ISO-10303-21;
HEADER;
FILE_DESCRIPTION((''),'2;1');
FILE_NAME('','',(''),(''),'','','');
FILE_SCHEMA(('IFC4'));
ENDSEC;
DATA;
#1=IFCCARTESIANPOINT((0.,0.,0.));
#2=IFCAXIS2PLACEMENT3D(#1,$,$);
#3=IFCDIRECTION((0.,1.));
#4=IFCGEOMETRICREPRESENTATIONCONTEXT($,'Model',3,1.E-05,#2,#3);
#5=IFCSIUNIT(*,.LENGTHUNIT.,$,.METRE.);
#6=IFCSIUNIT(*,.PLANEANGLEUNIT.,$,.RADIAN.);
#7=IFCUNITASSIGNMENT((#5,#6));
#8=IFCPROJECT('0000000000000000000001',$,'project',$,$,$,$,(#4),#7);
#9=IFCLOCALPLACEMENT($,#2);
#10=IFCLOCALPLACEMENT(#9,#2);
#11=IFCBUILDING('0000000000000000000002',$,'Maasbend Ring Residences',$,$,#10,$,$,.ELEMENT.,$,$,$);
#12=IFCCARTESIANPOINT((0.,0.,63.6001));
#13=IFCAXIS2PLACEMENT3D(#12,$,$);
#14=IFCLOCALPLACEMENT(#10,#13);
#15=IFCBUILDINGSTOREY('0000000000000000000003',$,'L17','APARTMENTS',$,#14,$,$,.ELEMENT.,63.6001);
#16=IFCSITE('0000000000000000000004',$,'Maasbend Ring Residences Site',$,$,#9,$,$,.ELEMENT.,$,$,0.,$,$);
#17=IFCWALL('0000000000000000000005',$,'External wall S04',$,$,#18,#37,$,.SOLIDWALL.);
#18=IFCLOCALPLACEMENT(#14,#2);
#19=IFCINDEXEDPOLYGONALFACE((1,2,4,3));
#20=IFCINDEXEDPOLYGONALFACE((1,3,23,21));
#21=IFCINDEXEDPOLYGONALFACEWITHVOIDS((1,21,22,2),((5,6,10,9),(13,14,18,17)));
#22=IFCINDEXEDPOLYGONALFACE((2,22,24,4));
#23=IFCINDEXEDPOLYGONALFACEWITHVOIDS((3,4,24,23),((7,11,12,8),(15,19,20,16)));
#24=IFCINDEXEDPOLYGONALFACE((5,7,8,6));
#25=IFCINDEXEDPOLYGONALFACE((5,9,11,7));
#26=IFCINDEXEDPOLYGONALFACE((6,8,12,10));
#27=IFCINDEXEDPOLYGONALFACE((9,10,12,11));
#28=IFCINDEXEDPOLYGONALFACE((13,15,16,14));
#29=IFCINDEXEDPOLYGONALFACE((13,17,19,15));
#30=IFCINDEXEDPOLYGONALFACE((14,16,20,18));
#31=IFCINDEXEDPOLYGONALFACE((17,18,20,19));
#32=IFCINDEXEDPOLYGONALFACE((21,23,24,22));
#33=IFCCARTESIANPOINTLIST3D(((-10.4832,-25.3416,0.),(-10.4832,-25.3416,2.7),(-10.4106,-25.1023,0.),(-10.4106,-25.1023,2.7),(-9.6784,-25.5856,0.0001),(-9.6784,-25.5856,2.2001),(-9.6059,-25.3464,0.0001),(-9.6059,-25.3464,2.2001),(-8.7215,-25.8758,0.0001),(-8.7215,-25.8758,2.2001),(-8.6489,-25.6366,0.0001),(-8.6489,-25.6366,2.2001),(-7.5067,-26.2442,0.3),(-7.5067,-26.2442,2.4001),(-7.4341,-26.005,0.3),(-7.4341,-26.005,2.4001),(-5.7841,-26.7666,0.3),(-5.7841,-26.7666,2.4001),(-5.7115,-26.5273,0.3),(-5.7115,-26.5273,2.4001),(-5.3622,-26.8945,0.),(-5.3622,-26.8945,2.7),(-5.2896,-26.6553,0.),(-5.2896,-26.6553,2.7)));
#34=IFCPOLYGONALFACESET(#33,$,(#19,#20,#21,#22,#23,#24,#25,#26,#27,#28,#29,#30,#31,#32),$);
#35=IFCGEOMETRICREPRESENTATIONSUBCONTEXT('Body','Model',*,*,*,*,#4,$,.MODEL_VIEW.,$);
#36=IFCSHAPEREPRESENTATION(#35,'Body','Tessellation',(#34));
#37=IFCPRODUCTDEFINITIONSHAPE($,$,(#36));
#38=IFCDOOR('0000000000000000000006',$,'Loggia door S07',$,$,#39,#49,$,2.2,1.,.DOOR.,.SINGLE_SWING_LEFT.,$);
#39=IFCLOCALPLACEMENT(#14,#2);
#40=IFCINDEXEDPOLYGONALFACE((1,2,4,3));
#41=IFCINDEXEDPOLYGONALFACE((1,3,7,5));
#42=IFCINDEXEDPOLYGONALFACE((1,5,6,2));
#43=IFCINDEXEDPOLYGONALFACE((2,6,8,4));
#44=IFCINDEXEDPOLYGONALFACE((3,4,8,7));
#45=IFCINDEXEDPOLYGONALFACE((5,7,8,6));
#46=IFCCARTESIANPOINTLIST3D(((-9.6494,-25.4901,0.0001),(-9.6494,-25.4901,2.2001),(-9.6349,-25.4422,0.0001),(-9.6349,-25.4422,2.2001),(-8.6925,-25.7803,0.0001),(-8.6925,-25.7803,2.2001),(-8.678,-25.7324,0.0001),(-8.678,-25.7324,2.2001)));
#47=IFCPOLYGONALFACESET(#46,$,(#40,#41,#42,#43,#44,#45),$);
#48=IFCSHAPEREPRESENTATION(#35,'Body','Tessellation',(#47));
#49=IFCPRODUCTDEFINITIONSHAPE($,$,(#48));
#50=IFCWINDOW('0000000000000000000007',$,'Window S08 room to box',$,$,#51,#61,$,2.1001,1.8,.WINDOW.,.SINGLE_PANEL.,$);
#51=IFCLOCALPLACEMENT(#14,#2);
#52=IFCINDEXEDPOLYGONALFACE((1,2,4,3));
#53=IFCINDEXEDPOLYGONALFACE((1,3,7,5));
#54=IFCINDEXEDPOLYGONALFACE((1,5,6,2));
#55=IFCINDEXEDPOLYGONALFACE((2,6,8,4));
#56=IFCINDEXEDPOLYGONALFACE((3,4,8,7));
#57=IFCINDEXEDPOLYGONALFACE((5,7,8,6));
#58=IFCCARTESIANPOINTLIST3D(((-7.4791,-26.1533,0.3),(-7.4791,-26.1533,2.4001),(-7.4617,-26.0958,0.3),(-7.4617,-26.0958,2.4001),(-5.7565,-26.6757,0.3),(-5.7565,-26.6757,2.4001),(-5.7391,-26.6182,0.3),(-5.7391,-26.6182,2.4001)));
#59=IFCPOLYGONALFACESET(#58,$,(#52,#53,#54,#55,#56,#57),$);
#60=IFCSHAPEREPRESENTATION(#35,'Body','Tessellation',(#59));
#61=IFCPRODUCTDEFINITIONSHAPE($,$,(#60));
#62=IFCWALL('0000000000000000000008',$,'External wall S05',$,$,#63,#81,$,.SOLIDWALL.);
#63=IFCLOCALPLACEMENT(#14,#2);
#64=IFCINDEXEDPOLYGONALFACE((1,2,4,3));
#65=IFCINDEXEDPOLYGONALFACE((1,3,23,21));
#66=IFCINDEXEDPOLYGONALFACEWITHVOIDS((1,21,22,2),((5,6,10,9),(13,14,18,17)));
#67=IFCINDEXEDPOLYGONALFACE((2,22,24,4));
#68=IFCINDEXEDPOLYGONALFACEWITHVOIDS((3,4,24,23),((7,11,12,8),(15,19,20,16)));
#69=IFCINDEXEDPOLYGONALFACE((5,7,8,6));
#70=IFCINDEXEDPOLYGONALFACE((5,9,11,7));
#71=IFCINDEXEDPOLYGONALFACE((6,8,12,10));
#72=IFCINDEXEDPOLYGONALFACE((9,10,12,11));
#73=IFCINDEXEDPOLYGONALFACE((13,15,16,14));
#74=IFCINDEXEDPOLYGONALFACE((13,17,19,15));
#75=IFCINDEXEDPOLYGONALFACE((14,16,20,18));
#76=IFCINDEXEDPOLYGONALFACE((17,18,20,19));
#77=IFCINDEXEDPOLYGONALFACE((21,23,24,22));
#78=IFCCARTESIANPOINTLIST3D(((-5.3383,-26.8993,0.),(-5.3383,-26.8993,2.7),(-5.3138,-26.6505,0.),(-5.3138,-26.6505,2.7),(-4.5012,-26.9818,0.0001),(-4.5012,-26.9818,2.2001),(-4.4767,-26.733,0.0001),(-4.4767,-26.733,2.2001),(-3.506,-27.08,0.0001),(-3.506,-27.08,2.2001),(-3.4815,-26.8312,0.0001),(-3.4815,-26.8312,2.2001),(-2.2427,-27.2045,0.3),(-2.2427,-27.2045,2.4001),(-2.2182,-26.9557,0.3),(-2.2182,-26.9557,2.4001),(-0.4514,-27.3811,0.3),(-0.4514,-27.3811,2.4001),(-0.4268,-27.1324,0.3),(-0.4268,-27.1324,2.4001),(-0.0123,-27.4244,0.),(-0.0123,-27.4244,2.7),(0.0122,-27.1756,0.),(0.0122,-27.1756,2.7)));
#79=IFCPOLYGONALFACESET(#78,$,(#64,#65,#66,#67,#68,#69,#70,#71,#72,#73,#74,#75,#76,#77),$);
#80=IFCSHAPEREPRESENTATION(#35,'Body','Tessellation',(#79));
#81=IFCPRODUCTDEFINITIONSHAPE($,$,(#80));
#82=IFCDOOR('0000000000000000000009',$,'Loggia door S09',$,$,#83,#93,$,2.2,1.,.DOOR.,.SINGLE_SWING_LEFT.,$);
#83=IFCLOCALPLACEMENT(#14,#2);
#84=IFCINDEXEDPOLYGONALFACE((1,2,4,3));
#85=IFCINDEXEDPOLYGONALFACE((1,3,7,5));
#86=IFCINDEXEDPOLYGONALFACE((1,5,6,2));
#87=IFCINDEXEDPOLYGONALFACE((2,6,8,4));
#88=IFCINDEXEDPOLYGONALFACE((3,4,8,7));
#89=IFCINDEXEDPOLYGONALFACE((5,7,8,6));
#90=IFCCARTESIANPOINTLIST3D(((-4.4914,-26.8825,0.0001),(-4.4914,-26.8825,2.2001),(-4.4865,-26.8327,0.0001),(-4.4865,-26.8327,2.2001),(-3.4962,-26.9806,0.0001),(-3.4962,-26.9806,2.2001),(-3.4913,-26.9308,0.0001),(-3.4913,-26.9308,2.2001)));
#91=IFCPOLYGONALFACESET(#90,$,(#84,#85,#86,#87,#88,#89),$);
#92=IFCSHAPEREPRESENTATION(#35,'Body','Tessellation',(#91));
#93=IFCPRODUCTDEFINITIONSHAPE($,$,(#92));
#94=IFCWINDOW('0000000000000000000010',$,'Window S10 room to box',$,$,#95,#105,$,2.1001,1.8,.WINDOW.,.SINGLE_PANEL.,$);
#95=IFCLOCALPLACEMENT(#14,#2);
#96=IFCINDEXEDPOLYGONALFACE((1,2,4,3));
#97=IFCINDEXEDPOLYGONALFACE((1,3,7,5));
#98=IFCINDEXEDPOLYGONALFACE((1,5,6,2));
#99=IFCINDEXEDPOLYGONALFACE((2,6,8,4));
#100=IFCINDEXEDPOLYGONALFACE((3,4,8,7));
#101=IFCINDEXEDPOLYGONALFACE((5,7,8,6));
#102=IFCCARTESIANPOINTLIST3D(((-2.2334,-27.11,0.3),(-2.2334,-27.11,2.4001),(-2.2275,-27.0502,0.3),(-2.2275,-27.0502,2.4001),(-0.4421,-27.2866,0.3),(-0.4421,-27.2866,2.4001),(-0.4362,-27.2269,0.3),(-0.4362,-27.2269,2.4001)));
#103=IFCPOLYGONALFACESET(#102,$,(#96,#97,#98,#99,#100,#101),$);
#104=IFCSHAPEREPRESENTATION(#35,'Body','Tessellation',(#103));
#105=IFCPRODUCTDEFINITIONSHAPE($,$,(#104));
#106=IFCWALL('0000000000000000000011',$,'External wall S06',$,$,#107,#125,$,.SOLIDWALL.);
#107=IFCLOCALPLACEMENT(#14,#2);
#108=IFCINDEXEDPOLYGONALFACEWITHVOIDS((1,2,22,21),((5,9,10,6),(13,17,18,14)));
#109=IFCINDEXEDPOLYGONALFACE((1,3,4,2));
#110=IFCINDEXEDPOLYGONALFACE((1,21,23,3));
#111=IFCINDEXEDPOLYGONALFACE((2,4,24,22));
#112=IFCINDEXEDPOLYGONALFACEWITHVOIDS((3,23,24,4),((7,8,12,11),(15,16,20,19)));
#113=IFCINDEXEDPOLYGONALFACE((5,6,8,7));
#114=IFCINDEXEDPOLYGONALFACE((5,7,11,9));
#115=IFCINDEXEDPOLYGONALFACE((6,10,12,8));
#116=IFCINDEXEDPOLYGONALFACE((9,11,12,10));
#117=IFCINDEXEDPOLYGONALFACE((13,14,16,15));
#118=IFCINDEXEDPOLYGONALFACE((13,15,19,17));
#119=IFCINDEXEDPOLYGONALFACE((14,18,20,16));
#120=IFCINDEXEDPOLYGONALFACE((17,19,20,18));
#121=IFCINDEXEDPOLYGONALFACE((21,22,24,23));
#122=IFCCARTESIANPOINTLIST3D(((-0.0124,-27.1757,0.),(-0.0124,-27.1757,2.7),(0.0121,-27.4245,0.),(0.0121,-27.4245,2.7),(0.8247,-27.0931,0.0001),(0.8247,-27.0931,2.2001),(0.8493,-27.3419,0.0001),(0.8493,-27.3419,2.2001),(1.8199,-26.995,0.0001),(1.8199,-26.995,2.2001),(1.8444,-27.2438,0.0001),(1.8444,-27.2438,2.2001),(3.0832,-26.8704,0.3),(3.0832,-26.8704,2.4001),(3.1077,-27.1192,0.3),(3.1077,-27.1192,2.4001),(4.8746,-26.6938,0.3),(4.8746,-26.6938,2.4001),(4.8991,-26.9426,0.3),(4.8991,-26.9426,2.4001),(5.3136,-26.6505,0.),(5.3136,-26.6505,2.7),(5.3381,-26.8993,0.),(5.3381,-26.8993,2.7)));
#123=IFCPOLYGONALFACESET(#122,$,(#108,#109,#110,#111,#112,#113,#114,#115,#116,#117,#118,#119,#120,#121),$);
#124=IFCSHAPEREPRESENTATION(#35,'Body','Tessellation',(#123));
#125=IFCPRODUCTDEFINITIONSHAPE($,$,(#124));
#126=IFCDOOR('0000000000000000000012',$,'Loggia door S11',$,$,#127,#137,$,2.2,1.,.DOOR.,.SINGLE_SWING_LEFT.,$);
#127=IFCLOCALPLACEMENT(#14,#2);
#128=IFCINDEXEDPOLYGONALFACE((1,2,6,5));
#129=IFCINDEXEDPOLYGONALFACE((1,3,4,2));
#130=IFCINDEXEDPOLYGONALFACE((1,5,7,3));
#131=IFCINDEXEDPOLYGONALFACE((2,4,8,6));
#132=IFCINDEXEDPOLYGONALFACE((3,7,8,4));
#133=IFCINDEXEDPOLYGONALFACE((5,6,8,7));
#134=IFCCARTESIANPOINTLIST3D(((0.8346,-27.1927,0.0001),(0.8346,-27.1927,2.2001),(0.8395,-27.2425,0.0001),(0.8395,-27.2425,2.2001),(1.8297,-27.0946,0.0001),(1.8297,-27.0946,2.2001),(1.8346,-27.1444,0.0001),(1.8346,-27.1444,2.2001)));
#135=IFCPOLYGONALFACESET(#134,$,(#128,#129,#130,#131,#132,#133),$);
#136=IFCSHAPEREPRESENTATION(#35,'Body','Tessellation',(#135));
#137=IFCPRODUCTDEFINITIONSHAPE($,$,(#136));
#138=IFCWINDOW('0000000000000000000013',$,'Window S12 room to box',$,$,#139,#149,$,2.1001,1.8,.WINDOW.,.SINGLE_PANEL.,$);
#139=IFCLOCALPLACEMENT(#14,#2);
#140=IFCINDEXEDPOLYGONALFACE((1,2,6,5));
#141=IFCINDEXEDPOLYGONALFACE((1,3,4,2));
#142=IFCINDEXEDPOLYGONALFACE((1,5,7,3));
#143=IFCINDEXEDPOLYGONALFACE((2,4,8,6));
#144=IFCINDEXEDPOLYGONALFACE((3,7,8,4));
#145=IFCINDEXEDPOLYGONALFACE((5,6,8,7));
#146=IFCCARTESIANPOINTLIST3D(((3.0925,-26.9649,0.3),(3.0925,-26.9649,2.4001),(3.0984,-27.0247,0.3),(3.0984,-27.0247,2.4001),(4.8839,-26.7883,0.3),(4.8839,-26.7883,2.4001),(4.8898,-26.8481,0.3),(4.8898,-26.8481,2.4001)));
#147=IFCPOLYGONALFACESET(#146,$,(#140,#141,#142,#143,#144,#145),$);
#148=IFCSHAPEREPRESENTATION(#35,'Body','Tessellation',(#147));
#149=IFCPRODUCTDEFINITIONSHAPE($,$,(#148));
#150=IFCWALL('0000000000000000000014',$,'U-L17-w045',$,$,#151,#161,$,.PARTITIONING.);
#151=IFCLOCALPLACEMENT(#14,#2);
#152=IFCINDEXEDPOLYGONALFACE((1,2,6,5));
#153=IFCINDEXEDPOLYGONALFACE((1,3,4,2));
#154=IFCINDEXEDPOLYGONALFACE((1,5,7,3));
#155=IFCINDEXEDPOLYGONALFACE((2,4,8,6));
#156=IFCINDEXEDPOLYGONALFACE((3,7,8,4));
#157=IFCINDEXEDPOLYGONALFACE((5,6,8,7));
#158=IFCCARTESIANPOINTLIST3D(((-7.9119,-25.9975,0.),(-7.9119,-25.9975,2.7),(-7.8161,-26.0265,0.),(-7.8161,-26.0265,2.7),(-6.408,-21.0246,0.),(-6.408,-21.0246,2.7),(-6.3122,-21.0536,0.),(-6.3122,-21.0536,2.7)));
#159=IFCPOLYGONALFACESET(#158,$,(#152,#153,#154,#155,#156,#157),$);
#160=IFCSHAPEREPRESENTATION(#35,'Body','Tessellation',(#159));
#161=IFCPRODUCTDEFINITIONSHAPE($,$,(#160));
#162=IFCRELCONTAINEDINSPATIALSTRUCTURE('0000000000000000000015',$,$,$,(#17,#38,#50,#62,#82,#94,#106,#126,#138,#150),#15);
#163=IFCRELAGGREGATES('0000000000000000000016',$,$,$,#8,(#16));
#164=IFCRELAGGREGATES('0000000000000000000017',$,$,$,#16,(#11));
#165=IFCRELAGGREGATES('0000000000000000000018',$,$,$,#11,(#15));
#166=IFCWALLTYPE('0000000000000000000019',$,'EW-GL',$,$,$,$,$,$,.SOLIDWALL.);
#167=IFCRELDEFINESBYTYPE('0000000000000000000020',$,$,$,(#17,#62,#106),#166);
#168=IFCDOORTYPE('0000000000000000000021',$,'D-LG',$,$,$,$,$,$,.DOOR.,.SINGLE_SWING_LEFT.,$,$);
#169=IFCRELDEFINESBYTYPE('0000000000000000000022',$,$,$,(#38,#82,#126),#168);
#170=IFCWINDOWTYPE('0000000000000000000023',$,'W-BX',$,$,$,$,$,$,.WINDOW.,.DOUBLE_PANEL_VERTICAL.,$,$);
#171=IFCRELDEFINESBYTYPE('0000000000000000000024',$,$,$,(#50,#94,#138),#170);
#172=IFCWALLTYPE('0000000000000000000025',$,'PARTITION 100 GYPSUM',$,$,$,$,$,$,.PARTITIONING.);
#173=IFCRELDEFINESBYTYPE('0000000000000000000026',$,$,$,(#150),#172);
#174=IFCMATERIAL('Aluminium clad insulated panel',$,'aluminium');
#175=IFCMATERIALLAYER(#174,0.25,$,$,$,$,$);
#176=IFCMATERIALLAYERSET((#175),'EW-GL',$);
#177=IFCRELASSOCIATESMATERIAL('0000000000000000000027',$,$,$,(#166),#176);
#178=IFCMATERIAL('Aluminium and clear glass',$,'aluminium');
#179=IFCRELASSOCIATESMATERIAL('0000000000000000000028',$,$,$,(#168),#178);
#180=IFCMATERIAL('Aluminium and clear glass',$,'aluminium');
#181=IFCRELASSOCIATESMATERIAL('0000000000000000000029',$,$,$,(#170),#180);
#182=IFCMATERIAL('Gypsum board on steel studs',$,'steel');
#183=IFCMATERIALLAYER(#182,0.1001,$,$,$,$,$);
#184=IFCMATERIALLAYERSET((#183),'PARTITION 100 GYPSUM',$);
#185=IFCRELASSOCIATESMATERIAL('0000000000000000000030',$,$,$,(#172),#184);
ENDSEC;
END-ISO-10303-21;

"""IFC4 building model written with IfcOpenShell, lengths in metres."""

from ifc_helpers import new_model, si_unit, direction, frame, frame_2d, origin, place, context, subcontext, project, spatial, rectangle, extrude, material, layer, layer_set, type_object, element, fill, save


model = new_model("IFC4")

# Units and contexts
model_context = context("Model", 3, precision=1e-05, world=origin(), true_north=direction((0.0, 1.0)))
body_context = subcontext(model_context, "Body", "Model", "MODEL_VIEW")
ifc_project = project(units=[si_unit("LENGTHUNIT", "METRE"), si_unit("PLANEANGLEUNIT", "RADIAN")], contexts=[model_context])

# Site, building, storey
site_placement = place(None, origin())
site = spatial("IfcSite", under=ifc_project, at=site_placement, Name="Maasbend Ring Residences Site", CompositionType="ELEMENT", RefElevation=0.0)
building_placement = place(site_placement, origin())
building = spatial("IfcBuilding", under=site, at=building_placement, Name="Maasbend Ring Residences", CompositionType="ELEMENT")
storey_placement = place(building_placement, frame((0.0, 0.0, 63.6001)))
storey = spatial("IfcBuildingStorey", under=building, at=storey_placement, Name="L17", Description="APARTMENTS", CompositionType="ELEMENT", Elevation=63.6001)

# Walls, openings, doors, windows
ifc_material_1 = material(Name="Aluminium clad insulated panel", Category="aluminium")
ifc_layer_1 = layer(ifc_material_1, 0.25)
ifc_layer_set_1 = layer_set([ifc_layer_1], Name="EW-GL")
wall_type_1 = type_object("IfcWallType", Name="EW-GL", PredefinedType="SOLIDWALL", material=ifc_layer_set_1)
wall_1_placement = place(storey_placement, frame((-10.447, -25.2219, 0.0), z_axis=(0.0, 0.0, 1.0), x_axis=(0.956966, -0.290201, 0.0)))
wall_1 = element("IfcWall", 1, at=wall_1_placement, inside=storey, type_object=wall_type_1, Name="External wall S04", PredefinedType="SOLIDWALL", context=body_context, shape_type="SweptSolid", body=[
    extrude(rectangle(XDim=5.3513, YDim=0.25, at=frame_2d((2.6758, 0.0))), origin(), (0.0, 0.0, 1.0), 2.7),
])
opening_1_placement = place(wall_1_placement, frame((0.8411, 0.0, 0.0)))
opening_1 = element("IfcOpeningElement", 2, at=opening_1_placement, cuts=wall_1, PredefinedType="OPENING", context=body_context, shape_type="SweptSolid", body=[
    extrude(rectangle(XDim=1.0, YDim=2.2, at=frame_2d((0.5, 1.1001))), frame((0.0, 0.135, 0.0), z_axis=(0.0, -1.0, 0.0), x_axis=(1.0, 0.0, 0.0)), (0.0, 0.0, 1.0), 0.27),
])
opening_2_placement = place(wall_1_placement, frame((3.1106, 0.0, 0.3)))
opening_2 = element("IfcOpeningElement", 3, at=opening_2_placement, cuts=wall_1, PredefinedType="OPENING", context=body_context, shape_type="SweptSolid", body=[
    extrude(rectangle(XDim=1.8, YDim=2.1001, at=frame_2d((0.8999, 1.05))), frame((0.0, 0.135, 0.0), z_axis=(0.0, -1.0, 0.0), x_axis=(1.0, 0.0, 0.0)), (0.0, 0.0, 1.0), 0.27),
])
ifc_material_2 = material(Name="Aluminium and clear glass", Category="aluminium")
door_type = type_object("IfcDoorType", Name="D-LG", OperationType="SINGLE_SWING_LEFT", PredefinedType="DOOR", material=ifc_material_2)
door_1_placement = place(opening_1_placement, origin())
door_1 = element("IfcDoor", 4, at=door_1_placement, inside=storey, type_object=door_type, Name="Loggia door S07", OperationType="SINGLE_SWING_LEFT", OverallHeight=2.2, OverallWidth=1.0, PredefinedType="DOOR", context=body_context, shape_type="SweptSolid", body=[
    extrude(rectangle(XDim=1.0, YDim=2.2, at=frame_2d((0.5, 1.1001))), frame((0.0, 0.0249, 0.0), z_axis=(0.0, -1.0, 0.0), x_axis=(1.0, 0.0, 0.0)), (0.0, 0.0, 1.0), 0.05),
])
fill(opening_1, door_1)
ifc_material_3 = material(Name="Aluminium and clear glass", Category="aluminium")
window_type_1 = type_object("IfcWindowType", Name="W-BX", PartitioningType="DOUBLE_PANEL_VERTICAL", PredefinedType="WINDOW", material=ifc_material_3)
window_1_placement = place(opening_2_placement, origin())
window_1 = element("IfcWindow", 5, at=window_1_placement, inside=storey, type_object=window_type_1, Name="Window S08 room to box", OverallHeight=2.1001, OverallWidth=1.8, PartitioningType="SINGLE_PANEL", PredefinedType="WINDOW", context=body_context, shape_type="SweptSolid", body=[
    extrude(rectangle(XDim=1.8, YDim=2.1001, at=frame_2d((0.8999, 1.05))), frame((0.0, 0.03, 0.0), z_axis=(0.0, -1.0, 0.0), x_axis=(1.0, 0.0, 0.0)), (0.0, 0.0, 1.0), 0.0601),
])
fill(opening_2, window_1)
wall_2_placement = place(storey_placement, frame((-5.3259, -26.7749, 0.0), z_axis=(0.0, 0.0, 1.0), x_axis=(0.995174, -0.098126, 0.0)))
wall_2 = element("IfcWall", 6, at=wall_2_placement, inside=storey, type_object=wall_type_1, Name="External wall S05", PredefinedType="SOLIDWALL", context=body_context, shape_type="SweptSolid", body=[
    extrude(rectangle(XDim=5.3518, YDim=0.25, at=frame_2d((2.6758, 0.0))), origin(), (0.0, 0.0, 1.0), 2.7),
])
opening_3_placement = place(wall_2_placement, frame((0.8411, 0.0, 0.0)))
opening_3 = element("IfcOpeningElement", 7, at=opening_3_placement, cuts=wall_2, PredefinedType="OPENING", context=body_context, shape_type="SweptSolid", body=[
    extrude(rectangle(XDim=1.0, YDim=2.2, at=frame_2d((0.5, 1.1001))), frame((0.0, 0.135, 0.0), z_axis=(0.0, -1.0, 0.0), x_axis=(1.0, 0.0, 0.0)), (0.0, 0.0, 1.0), 0.27),
])
opening_4_placement = place(wall_2_placement, frame((3.1106, 0.0, 0.3)))
opening_4 = element("IfcOpeningElement", 8, at=opening_4_placement, cuts=wall_2, PredefinedType="OPENING", context=body_context, shape_type="SweptSolid", body=[
    extrude(rectangle(XDim=1.8, YDim=2.1001, at=frame_2d((0.8999, 1.05))), frame((0.0, 0.135, 0.0), z_axis=(0.0, -1.0, 0.0), x_axis=(1.0, 0.0, 0.0)), (0.0, 0.0, 1.0), 0.27),
])
door_2_placement = place(opening_3_placement, origin())
door_2 = element("IfcDoor", 9, at=door_2_placement, inside=storey, type_object=door_type, Name="Loggia door S09", OperationType="SINGLE_SWING_LEFT", OverallHeight=2.2, OverallWidth=1.0, PredefinedType="DOOR", context=body_context, shape_type="SweptSolid", body=[
    extrude(rectangle(XDim=1.0, YDim=2.2, at=frame_2d((0.5, 1.1001))), frame((0.0, 0.0249, 0.0), z_axis=(0.0, -1.0, 0.0), x_axis=(1.0, 0.0, 0.0)), (0.0, 0.0, 1.0), 0.05),
])
fill(opening_3, door_2)
window_2_placement = place(opening_4_placement, origin())
window_2 = element("IfcWindow", 10, at=window_2_placement, inside=storey, type_object=window_type_1, Name="Window S10 room to box", OverallHeight=2.1001, OverallWidth=1.8, PartitioningType="SINGLE_PANEL", PredefinedType="WINDOW", context=body_context, shape_type="SweptSolid", body=[
    extrude(rectangle(XDim=1.8, YDim=2.1001, at=frame_2d((0.8999, 1.05))), frame((0.0, 0.03, 0.0), z_axis=(0.0, -1.0, 0.0), x_axis=(1.0, 0.0, 0.0)), (0.0, 0.0, 1.0), 0.0601),
])
fill(opening_4, window_2)
wall_3_placement = place(storey_placement, frame((0.0, -27.3, 0.0), z_axis=(0.0, 0.0, 1.0), x_axis=(0.995174, 0.098126, 0.0)))
wall_3 = element("IfcWall", 11, at=wall_3_placement, inside=storey, type_object=wall_type_1, Name="External wall S06", PredefinedType="SOLIDWALL", context=body_context, shape_type="SweptSolid", body=[
    extrude(rectangle(XDim=5.3518, YDim=0.25, at=frame_2d((2.6758, 0.0))), origin(), (0.0, 0.0, 1.0), 2.7),
])
opening_5_placement = place(wall_3_placement, frame((0.8411, 0.0, 0.0)))
opening_5 = element("IfcOpeningElement", 12, at=opening_5_placement, cuts=wall_3, PredefinedType="OPENING", context=body_context, shape_type="SweptSolid", body=[
    extrude(rectangle(XDim=1.0, YDim=2.2, at=frame_2d((0.5, 1.1001))), frame((0.0, 0.135, 0.0), z_axis=(0.0, -1.0, 0.0), x_axis=(1.0, 0.0, 0.0)), (0.0, 0.0, 1.0), 0.27),
])
opening_6_placement = place(wall_3_placement, frame((3.1106, 0.0, 0.3)))
opening_6 = element("IfcOpeningElement", 13, at=opening_6_placement, cuts=wall_3, PredefinedType="OPENING", context=body_context, shape_type="SweptSolid", body=[
    extrude(rectangle(XDim=1.8, YDim=2.1001, at=frame_2d((0.8999, 1.05))), frame((0.0, 0.135, 0.0), z_axis=(0.0, -1.0, 0.0), x_axis=(1.0, 0.0, 0.0)), (0.0, 0.0, 1.0), 0.27),
])
door_3_placement = place(opening_5_placement, origin())
door_3 = element("IfcDoor", 14, at=door_3_placement, inside=storey, type_object=door_type, Name="Loggia door S11", OperationType="SINGLE_SWING_LEFT", OverallHeight=2.2, OverallWidth=1.0, PredefinedType="DOOR", context=body_context, shape_type="SweptSolid", body=[
    extrude(rectangle(XDim=1.0, YDim=2.2, at=frame_2d((0.5, 1.1001))), frame((0.0, 0.0249, 0.0), z_axis=(0.0, -1.0, 0.0), x_axis=(1.0, 0.0, 0.0)), (0.0, 0.0, 1.0), 0.05),
])
fill(opening_5, door_3)
window_3_placement = place(opening_6_placement, origin())
window_3 = element("IfcWindow", 15, at=window_3_placement, inside=storey, type_object=window_type_1, Name="Window S12 room to box", OverallHeight=2.1001, OverallWidth=1.8, PartitioningType="SINGLE_PANEL", PredefinedType="WINDOW", context=body_context, shape_type="SweptSolid", body=[
    extrude(rectangle(XDim=1.8, YDim=2.1001, at=frame_2d((0.8999, 1.05))), frame((0.0, 0.03, 0.0), z_axis=(0.0, -1.0, 0.0), x_axis=(1.0, 0.0, 0.0)), (0.0, 0.0, 1.0), 0.0601),
])
fill(opening_6, window_3)

# Wall
ifc_material_4 = material(Name="Gypsum board on steel studs", Category="steel")
ifc_layer_2 = layer(ifc_material_4, 0.1001)
ifc_layer_set_2 = layer_set([ifc_layer_2], Name="PARTITION 100 GYPSUM")
wall_type_2 = type_object("IfcWallType", Name="PARTITION 100 GYPSUM", PredefinedType="PARTITIONING", material=ifc_layer_set_2)
wall_4_placement = place(storey_placement, frame((-7.864, -26.012, 0.0), z_axis=(0.0, 0.0, 1.0), x_axis=(0.289473, 0.957186, 0.0)))
element("IfcWall", 16, at=wall_4_placement, inside=storey, type_object=wall_type_2, Name="U-L17-w045", PredefinedType="PARTITIONING", context=body_context, shape_type="SweptSolid", body=[
    extrude(rectangle(XDim=5.1953, YDim=0.1001, at=frame_2d((2.5977, 0.0))), origin(), (0.0, 0.0, 1.0), 2.7),
])

save(model, "model.ifc")
